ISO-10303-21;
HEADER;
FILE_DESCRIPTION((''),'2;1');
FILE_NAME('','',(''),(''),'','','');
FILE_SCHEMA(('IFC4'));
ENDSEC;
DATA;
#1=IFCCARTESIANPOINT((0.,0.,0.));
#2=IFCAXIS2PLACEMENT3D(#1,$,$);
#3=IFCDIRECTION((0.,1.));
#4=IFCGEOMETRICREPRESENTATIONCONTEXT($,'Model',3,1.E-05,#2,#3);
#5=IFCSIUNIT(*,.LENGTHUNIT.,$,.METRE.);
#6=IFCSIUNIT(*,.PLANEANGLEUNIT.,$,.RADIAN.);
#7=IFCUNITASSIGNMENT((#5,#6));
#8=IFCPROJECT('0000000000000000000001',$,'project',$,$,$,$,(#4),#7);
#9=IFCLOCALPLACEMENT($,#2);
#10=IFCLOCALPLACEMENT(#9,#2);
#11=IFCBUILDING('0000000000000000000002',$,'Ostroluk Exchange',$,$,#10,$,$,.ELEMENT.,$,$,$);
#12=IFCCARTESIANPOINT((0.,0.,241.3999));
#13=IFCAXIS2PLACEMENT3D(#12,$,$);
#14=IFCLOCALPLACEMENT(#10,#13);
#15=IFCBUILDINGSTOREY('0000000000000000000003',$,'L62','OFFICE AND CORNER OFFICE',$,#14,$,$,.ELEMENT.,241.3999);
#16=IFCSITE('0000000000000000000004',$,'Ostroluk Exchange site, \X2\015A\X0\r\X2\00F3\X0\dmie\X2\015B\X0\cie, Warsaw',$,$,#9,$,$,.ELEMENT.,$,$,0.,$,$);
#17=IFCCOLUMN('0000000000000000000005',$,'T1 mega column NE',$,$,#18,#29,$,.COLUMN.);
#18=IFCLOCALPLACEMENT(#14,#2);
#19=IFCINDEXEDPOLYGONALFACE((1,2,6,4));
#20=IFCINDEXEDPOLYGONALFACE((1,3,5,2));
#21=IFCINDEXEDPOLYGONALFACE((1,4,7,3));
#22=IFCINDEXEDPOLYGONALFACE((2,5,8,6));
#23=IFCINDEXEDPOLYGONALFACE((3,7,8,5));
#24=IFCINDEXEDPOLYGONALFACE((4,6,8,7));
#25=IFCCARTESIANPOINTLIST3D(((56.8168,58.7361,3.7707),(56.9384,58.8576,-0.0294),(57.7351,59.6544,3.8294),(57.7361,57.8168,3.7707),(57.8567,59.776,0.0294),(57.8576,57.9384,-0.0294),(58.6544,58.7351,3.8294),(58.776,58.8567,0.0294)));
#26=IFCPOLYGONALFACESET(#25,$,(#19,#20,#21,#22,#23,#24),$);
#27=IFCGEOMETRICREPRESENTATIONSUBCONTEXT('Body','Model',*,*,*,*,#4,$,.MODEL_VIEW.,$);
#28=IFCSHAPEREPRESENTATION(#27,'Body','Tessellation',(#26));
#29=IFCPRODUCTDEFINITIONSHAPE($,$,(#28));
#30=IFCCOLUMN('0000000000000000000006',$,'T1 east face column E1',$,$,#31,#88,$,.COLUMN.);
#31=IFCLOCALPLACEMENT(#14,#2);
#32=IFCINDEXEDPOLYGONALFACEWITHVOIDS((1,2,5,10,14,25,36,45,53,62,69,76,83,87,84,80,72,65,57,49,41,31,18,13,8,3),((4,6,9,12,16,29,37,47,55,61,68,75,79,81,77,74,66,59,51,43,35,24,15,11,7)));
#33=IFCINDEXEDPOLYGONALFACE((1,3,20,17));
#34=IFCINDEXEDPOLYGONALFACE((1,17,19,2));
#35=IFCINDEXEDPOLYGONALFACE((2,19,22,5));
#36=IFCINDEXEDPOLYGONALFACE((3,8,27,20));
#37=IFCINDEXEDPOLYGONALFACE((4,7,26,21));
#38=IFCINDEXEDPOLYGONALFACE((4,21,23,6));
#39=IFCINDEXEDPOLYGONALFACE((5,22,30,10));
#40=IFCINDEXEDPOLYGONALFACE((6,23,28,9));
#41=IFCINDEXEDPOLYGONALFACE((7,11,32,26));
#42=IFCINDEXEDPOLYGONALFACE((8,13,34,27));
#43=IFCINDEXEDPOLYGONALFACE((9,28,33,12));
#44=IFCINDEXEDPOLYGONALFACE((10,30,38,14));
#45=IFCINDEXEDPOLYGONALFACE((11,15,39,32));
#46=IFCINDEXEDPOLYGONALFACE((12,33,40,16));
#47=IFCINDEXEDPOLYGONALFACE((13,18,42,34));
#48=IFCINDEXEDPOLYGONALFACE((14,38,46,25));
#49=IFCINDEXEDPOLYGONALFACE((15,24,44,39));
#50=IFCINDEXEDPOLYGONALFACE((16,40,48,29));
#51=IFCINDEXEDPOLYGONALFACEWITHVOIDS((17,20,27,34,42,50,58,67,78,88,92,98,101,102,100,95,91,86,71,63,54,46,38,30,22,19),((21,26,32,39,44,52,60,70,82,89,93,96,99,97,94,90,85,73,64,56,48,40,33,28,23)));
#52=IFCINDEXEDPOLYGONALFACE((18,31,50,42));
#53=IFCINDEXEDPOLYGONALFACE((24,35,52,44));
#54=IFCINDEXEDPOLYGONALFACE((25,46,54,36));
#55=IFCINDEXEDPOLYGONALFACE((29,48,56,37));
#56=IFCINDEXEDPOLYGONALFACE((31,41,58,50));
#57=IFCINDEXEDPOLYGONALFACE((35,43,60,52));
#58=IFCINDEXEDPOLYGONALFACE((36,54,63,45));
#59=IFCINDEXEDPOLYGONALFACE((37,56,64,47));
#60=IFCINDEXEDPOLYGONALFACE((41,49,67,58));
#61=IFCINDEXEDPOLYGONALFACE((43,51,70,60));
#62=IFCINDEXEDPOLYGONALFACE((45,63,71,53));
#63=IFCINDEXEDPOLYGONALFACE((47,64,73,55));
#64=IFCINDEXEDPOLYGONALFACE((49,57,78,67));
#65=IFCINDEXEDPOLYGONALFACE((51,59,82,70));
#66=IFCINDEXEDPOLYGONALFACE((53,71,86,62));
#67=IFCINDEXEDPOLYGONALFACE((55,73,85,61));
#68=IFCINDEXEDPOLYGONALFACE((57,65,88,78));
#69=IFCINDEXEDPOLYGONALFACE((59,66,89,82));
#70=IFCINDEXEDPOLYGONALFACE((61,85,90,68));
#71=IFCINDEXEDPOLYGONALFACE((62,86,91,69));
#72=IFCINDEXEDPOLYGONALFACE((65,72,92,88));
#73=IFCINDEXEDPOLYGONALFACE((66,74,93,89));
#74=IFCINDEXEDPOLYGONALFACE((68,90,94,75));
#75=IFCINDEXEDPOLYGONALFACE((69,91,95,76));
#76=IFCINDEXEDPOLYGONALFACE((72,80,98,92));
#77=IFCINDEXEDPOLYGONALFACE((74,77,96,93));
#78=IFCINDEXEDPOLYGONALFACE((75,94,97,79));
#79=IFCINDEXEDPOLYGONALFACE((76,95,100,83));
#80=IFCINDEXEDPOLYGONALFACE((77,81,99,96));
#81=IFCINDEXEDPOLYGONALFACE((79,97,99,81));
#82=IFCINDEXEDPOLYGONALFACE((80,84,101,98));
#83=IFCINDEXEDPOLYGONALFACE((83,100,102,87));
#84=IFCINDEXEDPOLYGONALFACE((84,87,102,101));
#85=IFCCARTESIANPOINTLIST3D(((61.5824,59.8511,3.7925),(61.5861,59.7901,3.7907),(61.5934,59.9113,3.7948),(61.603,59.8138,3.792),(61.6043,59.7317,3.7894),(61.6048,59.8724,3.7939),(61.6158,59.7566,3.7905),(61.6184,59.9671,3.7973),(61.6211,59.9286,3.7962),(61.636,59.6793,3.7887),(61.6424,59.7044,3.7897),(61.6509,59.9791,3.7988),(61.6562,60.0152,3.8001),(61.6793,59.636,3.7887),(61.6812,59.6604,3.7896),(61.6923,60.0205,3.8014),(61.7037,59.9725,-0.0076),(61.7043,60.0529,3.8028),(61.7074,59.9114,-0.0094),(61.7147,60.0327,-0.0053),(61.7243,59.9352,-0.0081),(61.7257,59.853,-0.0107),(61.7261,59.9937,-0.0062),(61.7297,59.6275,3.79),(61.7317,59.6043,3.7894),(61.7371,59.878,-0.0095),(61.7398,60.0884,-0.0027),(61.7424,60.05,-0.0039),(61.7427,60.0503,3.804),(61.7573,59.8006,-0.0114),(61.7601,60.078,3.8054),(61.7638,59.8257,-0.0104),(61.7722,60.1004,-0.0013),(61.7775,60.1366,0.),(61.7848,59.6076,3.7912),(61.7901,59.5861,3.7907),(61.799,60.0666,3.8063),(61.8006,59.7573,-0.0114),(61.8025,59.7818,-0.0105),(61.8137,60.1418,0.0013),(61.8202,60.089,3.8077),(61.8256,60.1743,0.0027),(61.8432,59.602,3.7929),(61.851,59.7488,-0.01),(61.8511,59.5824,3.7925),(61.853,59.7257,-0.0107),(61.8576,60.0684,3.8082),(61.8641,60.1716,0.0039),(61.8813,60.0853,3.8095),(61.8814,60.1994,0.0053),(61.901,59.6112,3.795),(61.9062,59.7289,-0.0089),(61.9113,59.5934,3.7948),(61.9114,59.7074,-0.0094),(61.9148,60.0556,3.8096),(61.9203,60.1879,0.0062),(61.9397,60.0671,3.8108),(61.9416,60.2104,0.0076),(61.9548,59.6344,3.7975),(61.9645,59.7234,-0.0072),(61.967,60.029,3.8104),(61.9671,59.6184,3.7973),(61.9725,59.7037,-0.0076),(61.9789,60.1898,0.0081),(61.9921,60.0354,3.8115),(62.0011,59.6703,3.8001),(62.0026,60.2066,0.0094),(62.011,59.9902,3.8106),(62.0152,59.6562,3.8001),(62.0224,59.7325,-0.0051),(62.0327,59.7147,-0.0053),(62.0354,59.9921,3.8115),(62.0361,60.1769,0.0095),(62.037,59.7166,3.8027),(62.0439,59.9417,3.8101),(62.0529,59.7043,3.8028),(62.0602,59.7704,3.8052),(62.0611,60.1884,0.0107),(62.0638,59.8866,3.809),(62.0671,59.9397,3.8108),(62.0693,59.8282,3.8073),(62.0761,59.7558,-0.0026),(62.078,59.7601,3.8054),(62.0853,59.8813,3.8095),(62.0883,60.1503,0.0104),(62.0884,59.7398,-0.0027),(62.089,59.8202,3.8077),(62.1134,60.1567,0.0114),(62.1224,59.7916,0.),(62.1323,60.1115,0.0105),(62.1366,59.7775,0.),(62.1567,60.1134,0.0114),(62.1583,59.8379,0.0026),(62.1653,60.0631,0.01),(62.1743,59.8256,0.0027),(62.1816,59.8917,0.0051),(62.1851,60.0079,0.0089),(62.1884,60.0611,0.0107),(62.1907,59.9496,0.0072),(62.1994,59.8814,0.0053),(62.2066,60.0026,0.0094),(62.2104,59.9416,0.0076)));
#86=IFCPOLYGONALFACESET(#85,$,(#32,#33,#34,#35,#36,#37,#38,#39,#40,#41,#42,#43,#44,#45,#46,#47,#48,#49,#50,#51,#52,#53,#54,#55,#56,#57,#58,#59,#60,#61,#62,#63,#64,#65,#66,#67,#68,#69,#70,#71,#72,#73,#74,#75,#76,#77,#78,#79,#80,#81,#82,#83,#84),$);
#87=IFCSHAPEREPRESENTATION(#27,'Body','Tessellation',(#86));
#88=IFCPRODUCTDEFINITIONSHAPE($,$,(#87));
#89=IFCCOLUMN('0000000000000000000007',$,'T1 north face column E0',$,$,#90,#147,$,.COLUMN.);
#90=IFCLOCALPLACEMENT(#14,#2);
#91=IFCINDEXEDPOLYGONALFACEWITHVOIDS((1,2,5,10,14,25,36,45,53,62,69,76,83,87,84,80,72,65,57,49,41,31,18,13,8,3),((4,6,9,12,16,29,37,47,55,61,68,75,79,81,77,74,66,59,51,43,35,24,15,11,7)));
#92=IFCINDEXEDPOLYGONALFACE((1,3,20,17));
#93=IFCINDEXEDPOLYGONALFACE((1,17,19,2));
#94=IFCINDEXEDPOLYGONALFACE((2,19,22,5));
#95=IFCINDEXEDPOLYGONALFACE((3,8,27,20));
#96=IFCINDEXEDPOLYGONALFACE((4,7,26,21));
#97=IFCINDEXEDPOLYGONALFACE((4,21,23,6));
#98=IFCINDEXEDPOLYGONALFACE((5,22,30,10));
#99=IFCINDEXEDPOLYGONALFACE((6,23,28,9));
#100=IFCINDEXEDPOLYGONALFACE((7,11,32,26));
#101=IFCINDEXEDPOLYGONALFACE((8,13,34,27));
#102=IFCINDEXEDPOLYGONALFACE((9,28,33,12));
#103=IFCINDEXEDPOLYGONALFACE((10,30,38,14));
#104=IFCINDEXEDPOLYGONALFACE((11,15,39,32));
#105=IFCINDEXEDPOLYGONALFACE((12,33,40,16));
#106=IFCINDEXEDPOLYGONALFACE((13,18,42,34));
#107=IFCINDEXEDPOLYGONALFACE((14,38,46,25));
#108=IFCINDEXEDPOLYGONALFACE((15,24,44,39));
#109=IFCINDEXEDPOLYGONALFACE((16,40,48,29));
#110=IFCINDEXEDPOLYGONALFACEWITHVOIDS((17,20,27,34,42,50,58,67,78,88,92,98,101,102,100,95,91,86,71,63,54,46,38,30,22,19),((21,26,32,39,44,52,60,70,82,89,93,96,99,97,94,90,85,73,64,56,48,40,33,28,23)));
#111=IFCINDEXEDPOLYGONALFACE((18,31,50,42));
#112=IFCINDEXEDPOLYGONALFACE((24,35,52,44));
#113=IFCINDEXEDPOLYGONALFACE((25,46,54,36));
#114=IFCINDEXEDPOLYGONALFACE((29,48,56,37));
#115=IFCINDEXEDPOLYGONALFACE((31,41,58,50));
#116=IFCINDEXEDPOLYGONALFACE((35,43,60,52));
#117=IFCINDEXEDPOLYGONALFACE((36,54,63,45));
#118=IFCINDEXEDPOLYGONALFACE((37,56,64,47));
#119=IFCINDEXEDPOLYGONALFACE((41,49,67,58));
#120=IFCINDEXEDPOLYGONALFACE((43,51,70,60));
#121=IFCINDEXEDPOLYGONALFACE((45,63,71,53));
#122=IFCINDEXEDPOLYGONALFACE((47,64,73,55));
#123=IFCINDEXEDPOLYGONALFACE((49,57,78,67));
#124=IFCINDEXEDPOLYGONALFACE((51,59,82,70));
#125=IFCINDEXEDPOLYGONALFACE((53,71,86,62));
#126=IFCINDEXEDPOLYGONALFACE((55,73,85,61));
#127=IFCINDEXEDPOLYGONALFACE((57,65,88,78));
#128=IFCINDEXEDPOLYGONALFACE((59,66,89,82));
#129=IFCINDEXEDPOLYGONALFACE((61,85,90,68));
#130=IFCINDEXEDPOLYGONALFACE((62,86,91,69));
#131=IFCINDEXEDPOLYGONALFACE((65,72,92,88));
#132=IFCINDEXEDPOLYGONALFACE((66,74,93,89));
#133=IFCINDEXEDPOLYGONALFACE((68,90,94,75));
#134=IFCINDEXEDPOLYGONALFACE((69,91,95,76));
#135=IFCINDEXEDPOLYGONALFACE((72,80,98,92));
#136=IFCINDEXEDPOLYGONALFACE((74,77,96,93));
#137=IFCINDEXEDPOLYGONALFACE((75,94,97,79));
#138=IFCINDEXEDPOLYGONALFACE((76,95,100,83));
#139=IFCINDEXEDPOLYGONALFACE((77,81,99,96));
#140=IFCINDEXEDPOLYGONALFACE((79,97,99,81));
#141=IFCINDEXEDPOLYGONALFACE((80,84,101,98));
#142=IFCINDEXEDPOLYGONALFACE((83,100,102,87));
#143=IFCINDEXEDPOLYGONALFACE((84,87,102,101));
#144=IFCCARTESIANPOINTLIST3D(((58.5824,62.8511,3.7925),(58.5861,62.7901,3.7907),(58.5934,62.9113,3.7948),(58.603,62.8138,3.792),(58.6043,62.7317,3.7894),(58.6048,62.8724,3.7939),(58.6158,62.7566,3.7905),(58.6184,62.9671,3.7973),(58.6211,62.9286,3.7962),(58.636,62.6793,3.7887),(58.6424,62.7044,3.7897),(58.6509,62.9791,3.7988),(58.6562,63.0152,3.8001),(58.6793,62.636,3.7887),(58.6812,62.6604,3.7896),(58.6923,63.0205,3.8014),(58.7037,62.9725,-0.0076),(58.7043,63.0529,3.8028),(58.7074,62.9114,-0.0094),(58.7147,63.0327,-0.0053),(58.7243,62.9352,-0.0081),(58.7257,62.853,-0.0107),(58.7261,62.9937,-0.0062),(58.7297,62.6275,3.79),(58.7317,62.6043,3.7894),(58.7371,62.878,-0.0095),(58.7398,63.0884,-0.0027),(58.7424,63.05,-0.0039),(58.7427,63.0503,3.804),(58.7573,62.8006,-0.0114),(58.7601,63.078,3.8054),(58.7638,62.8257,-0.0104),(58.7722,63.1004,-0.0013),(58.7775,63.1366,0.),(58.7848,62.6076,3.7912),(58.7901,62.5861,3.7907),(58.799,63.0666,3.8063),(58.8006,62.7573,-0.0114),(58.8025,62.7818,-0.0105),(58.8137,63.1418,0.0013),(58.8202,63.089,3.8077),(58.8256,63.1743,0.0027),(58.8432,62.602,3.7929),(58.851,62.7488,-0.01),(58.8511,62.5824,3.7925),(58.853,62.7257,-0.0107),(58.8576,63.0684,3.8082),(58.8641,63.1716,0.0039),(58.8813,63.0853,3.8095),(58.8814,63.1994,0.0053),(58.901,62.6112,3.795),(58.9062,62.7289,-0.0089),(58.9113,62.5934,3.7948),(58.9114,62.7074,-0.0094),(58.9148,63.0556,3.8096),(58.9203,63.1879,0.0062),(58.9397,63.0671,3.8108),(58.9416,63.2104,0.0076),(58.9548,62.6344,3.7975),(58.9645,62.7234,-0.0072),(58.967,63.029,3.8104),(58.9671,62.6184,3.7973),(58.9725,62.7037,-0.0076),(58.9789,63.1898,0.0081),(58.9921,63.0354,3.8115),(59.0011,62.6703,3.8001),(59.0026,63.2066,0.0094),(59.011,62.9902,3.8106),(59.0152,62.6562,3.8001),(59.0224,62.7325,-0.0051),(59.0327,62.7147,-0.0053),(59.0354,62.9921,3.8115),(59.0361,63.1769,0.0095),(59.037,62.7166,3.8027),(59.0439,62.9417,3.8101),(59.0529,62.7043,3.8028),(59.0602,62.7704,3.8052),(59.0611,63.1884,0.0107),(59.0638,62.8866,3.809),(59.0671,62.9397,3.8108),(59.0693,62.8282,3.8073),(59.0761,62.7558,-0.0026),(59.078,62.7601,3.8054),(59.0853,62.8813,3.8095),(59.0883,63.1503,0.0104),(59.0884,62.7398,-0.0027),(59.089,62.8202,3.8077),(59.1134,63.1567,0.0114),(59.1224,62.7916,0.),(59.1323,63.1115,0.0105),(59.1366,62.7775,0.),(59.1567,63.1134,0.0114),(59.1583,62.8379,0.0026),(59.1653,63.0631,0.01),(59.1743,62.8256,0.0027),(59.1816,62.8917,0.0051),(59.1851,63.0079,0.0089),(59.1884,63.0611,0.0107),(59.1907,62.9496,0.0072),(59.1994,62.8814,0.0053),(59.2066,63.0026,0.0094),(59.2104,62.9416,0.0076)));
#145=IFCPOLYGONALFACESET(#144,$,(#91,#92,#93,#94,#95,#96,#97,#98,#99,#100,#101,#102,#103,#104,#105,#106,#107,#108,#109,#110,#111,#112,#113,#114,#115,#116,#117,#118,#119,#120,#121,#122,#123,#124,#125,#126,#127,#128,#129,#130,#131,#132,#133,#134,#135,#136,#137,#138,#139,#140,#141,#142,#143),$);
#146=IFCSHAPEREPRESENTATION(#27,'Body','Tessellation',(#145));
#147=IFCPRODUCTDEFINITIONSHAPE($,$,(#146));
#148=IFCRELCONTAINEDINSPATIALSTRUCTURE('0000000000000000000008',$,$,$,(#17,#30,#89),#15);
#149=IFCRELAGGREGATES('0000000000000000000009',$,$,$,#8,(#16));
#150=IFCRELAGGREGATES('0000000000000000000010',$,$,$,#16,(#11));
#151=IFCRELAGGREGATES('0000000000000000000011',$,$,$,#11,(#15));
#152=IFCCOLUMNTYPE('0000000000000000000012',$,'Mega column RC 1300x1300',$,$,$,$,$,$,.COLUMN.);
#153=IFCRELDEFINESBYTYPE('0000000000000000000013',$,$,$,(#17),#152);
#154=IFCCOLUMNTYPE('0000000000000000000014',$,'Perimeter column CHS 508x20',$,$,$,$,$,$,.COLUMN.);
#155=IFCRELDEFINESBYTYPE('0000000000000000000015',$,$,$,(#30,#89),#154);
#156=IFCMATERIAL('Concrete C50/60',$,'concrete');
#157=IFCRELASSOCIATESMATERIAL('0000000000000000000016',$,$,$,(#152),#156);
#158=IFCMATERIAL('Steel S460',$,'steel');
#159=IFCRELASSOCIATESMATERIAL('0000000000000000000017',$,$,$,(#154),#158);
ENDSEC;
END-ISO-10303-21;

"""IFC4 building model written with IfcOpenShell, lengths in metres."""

from ifc_helpers import new_model, si_unit, direction, frame, origin, origin_2d, place, context, subcontext, project, spatial, rectangle, hollow_circle, extrude, material, material_profile, profile_set, type_object, element, save


model = new_model("IFC4")

# Units and contexts
model_context = context("Model", 3, precision=1e-05, world=origin(), true_north=direction((0.0, 1.0)))
body_context = subcontext(model_context, "Body", "Model", "MODEL_VIEW")
ifc_project = project(units=[si_unit("LENGTHUNIT", "METRE"), si_unit("PLANEANGLEUNIT", "RADIAN")], contexts=[model_context])

# Site, building, storey
site_placement = place(None, origin())
site = spatial("IfcSite", under=ifc_project, at=site_placement, Name="Ostroluk Exchange site, Śródmieście, Warsaw", CompositionType="ELEMENT", RefElevation=0.0)
building_placement = place(site_placement, origin())
building = spatial("IfcBuilding", under=site, at=building_placement, Name="Ostroluk Exchange", CompositionType="ELEMENT")
storey_placement = place(building_placement, frame((0.0, 0.0, 241.3999)))
storey = spatial("IfcBuildingStorey", under=building, at=storey_placement, Name="L62", Description="OFFICE AND CORNER OFFICE", CompositionType="ELEMENT", Elevation=241.3999)

# Columns
ifc_material_1 = material(Name="Concrete C50/60", Category="concrete")
ifc_material_profile_1 = material_profile(ifc_material_1, rectangle(XDim=1.3, YDim=1.3, at=origin_2d()), Name="RC 1300x1300")
ifc_profile_set_1 = profile_set([ifc_material_profile_1], Name="Concrete C50/60")
column_type_1 = type_object("IfcColumnType", Name="Mega column RC 1300x1300", PredefinedType="COLUMN", material=ifc_profile_set_1)
column_1_placement = place(storey_placement, frame((57.8572, 58.8572, 0.0), z_axis=(-0.031962, -0.031962, 0.998978), x_axis=(0.707107, -0.707107, 0.0)))
element("IfcColumn", 1, at=column_1_placement, inside=storey, type_object=column_type_1, Name="T1 mega column NE", PredefinedType="COLUMN", context=body_context, shape_type="SweptSolid", body=[
    extrude(rectangle(XDim=1.3, YDim=1.3, at=origin_2d()), origin(), (0.0, 0.0, 1.0), 3.804),
])
ifc_material_2 = material(Name="Steel S460", Category="steel")
ifc_material_profile_2 = material_profile(ifc_material_2, hollow_circle(Radius=0.2539, WallThickness=0.02, at=origin_2d()), Name="CHS 508x20")
ifc_profile_set_2 = profile_set([ifc_material_profile_2], Name="Steel S460")
column_type_2 = type_object("IfcColumnType", Name="Perimeter column CHS 508x20", PredefinedType="COLUMN", material=ifc_profile_set_2)
for number, where, z_axis, x_axis, name in (
    (2, (61.957, 59.957, 0.0), (-0.031898, -0.031898, 0.998982), (0.707107, -0.707107, 0.0), "T1 east face column E1"),
    (3, (58.957, 62.957, 0.0), (-0.031898, -0.031898, 0.998982), (0.707107, -0.707107, 0.0), "T1 north face column E0"),
):
    element("IfcColumn", number, at=place(storey_placement, frame(where, z_axis=z_axis, x_axis=x_axis)), inside=storey, type_object=column_type_2, Name=name, PredefinedType="COLUMN", context=body_context, shape_type="SweptSolid", body=[
        extrude(hollow_circle(Radius=0.2539, WallThickness=0.02, at=origin_2d()), origin(), (0.0, 0.0, 1.0), 3.804),
    ])

save(model, "model.ifc")
